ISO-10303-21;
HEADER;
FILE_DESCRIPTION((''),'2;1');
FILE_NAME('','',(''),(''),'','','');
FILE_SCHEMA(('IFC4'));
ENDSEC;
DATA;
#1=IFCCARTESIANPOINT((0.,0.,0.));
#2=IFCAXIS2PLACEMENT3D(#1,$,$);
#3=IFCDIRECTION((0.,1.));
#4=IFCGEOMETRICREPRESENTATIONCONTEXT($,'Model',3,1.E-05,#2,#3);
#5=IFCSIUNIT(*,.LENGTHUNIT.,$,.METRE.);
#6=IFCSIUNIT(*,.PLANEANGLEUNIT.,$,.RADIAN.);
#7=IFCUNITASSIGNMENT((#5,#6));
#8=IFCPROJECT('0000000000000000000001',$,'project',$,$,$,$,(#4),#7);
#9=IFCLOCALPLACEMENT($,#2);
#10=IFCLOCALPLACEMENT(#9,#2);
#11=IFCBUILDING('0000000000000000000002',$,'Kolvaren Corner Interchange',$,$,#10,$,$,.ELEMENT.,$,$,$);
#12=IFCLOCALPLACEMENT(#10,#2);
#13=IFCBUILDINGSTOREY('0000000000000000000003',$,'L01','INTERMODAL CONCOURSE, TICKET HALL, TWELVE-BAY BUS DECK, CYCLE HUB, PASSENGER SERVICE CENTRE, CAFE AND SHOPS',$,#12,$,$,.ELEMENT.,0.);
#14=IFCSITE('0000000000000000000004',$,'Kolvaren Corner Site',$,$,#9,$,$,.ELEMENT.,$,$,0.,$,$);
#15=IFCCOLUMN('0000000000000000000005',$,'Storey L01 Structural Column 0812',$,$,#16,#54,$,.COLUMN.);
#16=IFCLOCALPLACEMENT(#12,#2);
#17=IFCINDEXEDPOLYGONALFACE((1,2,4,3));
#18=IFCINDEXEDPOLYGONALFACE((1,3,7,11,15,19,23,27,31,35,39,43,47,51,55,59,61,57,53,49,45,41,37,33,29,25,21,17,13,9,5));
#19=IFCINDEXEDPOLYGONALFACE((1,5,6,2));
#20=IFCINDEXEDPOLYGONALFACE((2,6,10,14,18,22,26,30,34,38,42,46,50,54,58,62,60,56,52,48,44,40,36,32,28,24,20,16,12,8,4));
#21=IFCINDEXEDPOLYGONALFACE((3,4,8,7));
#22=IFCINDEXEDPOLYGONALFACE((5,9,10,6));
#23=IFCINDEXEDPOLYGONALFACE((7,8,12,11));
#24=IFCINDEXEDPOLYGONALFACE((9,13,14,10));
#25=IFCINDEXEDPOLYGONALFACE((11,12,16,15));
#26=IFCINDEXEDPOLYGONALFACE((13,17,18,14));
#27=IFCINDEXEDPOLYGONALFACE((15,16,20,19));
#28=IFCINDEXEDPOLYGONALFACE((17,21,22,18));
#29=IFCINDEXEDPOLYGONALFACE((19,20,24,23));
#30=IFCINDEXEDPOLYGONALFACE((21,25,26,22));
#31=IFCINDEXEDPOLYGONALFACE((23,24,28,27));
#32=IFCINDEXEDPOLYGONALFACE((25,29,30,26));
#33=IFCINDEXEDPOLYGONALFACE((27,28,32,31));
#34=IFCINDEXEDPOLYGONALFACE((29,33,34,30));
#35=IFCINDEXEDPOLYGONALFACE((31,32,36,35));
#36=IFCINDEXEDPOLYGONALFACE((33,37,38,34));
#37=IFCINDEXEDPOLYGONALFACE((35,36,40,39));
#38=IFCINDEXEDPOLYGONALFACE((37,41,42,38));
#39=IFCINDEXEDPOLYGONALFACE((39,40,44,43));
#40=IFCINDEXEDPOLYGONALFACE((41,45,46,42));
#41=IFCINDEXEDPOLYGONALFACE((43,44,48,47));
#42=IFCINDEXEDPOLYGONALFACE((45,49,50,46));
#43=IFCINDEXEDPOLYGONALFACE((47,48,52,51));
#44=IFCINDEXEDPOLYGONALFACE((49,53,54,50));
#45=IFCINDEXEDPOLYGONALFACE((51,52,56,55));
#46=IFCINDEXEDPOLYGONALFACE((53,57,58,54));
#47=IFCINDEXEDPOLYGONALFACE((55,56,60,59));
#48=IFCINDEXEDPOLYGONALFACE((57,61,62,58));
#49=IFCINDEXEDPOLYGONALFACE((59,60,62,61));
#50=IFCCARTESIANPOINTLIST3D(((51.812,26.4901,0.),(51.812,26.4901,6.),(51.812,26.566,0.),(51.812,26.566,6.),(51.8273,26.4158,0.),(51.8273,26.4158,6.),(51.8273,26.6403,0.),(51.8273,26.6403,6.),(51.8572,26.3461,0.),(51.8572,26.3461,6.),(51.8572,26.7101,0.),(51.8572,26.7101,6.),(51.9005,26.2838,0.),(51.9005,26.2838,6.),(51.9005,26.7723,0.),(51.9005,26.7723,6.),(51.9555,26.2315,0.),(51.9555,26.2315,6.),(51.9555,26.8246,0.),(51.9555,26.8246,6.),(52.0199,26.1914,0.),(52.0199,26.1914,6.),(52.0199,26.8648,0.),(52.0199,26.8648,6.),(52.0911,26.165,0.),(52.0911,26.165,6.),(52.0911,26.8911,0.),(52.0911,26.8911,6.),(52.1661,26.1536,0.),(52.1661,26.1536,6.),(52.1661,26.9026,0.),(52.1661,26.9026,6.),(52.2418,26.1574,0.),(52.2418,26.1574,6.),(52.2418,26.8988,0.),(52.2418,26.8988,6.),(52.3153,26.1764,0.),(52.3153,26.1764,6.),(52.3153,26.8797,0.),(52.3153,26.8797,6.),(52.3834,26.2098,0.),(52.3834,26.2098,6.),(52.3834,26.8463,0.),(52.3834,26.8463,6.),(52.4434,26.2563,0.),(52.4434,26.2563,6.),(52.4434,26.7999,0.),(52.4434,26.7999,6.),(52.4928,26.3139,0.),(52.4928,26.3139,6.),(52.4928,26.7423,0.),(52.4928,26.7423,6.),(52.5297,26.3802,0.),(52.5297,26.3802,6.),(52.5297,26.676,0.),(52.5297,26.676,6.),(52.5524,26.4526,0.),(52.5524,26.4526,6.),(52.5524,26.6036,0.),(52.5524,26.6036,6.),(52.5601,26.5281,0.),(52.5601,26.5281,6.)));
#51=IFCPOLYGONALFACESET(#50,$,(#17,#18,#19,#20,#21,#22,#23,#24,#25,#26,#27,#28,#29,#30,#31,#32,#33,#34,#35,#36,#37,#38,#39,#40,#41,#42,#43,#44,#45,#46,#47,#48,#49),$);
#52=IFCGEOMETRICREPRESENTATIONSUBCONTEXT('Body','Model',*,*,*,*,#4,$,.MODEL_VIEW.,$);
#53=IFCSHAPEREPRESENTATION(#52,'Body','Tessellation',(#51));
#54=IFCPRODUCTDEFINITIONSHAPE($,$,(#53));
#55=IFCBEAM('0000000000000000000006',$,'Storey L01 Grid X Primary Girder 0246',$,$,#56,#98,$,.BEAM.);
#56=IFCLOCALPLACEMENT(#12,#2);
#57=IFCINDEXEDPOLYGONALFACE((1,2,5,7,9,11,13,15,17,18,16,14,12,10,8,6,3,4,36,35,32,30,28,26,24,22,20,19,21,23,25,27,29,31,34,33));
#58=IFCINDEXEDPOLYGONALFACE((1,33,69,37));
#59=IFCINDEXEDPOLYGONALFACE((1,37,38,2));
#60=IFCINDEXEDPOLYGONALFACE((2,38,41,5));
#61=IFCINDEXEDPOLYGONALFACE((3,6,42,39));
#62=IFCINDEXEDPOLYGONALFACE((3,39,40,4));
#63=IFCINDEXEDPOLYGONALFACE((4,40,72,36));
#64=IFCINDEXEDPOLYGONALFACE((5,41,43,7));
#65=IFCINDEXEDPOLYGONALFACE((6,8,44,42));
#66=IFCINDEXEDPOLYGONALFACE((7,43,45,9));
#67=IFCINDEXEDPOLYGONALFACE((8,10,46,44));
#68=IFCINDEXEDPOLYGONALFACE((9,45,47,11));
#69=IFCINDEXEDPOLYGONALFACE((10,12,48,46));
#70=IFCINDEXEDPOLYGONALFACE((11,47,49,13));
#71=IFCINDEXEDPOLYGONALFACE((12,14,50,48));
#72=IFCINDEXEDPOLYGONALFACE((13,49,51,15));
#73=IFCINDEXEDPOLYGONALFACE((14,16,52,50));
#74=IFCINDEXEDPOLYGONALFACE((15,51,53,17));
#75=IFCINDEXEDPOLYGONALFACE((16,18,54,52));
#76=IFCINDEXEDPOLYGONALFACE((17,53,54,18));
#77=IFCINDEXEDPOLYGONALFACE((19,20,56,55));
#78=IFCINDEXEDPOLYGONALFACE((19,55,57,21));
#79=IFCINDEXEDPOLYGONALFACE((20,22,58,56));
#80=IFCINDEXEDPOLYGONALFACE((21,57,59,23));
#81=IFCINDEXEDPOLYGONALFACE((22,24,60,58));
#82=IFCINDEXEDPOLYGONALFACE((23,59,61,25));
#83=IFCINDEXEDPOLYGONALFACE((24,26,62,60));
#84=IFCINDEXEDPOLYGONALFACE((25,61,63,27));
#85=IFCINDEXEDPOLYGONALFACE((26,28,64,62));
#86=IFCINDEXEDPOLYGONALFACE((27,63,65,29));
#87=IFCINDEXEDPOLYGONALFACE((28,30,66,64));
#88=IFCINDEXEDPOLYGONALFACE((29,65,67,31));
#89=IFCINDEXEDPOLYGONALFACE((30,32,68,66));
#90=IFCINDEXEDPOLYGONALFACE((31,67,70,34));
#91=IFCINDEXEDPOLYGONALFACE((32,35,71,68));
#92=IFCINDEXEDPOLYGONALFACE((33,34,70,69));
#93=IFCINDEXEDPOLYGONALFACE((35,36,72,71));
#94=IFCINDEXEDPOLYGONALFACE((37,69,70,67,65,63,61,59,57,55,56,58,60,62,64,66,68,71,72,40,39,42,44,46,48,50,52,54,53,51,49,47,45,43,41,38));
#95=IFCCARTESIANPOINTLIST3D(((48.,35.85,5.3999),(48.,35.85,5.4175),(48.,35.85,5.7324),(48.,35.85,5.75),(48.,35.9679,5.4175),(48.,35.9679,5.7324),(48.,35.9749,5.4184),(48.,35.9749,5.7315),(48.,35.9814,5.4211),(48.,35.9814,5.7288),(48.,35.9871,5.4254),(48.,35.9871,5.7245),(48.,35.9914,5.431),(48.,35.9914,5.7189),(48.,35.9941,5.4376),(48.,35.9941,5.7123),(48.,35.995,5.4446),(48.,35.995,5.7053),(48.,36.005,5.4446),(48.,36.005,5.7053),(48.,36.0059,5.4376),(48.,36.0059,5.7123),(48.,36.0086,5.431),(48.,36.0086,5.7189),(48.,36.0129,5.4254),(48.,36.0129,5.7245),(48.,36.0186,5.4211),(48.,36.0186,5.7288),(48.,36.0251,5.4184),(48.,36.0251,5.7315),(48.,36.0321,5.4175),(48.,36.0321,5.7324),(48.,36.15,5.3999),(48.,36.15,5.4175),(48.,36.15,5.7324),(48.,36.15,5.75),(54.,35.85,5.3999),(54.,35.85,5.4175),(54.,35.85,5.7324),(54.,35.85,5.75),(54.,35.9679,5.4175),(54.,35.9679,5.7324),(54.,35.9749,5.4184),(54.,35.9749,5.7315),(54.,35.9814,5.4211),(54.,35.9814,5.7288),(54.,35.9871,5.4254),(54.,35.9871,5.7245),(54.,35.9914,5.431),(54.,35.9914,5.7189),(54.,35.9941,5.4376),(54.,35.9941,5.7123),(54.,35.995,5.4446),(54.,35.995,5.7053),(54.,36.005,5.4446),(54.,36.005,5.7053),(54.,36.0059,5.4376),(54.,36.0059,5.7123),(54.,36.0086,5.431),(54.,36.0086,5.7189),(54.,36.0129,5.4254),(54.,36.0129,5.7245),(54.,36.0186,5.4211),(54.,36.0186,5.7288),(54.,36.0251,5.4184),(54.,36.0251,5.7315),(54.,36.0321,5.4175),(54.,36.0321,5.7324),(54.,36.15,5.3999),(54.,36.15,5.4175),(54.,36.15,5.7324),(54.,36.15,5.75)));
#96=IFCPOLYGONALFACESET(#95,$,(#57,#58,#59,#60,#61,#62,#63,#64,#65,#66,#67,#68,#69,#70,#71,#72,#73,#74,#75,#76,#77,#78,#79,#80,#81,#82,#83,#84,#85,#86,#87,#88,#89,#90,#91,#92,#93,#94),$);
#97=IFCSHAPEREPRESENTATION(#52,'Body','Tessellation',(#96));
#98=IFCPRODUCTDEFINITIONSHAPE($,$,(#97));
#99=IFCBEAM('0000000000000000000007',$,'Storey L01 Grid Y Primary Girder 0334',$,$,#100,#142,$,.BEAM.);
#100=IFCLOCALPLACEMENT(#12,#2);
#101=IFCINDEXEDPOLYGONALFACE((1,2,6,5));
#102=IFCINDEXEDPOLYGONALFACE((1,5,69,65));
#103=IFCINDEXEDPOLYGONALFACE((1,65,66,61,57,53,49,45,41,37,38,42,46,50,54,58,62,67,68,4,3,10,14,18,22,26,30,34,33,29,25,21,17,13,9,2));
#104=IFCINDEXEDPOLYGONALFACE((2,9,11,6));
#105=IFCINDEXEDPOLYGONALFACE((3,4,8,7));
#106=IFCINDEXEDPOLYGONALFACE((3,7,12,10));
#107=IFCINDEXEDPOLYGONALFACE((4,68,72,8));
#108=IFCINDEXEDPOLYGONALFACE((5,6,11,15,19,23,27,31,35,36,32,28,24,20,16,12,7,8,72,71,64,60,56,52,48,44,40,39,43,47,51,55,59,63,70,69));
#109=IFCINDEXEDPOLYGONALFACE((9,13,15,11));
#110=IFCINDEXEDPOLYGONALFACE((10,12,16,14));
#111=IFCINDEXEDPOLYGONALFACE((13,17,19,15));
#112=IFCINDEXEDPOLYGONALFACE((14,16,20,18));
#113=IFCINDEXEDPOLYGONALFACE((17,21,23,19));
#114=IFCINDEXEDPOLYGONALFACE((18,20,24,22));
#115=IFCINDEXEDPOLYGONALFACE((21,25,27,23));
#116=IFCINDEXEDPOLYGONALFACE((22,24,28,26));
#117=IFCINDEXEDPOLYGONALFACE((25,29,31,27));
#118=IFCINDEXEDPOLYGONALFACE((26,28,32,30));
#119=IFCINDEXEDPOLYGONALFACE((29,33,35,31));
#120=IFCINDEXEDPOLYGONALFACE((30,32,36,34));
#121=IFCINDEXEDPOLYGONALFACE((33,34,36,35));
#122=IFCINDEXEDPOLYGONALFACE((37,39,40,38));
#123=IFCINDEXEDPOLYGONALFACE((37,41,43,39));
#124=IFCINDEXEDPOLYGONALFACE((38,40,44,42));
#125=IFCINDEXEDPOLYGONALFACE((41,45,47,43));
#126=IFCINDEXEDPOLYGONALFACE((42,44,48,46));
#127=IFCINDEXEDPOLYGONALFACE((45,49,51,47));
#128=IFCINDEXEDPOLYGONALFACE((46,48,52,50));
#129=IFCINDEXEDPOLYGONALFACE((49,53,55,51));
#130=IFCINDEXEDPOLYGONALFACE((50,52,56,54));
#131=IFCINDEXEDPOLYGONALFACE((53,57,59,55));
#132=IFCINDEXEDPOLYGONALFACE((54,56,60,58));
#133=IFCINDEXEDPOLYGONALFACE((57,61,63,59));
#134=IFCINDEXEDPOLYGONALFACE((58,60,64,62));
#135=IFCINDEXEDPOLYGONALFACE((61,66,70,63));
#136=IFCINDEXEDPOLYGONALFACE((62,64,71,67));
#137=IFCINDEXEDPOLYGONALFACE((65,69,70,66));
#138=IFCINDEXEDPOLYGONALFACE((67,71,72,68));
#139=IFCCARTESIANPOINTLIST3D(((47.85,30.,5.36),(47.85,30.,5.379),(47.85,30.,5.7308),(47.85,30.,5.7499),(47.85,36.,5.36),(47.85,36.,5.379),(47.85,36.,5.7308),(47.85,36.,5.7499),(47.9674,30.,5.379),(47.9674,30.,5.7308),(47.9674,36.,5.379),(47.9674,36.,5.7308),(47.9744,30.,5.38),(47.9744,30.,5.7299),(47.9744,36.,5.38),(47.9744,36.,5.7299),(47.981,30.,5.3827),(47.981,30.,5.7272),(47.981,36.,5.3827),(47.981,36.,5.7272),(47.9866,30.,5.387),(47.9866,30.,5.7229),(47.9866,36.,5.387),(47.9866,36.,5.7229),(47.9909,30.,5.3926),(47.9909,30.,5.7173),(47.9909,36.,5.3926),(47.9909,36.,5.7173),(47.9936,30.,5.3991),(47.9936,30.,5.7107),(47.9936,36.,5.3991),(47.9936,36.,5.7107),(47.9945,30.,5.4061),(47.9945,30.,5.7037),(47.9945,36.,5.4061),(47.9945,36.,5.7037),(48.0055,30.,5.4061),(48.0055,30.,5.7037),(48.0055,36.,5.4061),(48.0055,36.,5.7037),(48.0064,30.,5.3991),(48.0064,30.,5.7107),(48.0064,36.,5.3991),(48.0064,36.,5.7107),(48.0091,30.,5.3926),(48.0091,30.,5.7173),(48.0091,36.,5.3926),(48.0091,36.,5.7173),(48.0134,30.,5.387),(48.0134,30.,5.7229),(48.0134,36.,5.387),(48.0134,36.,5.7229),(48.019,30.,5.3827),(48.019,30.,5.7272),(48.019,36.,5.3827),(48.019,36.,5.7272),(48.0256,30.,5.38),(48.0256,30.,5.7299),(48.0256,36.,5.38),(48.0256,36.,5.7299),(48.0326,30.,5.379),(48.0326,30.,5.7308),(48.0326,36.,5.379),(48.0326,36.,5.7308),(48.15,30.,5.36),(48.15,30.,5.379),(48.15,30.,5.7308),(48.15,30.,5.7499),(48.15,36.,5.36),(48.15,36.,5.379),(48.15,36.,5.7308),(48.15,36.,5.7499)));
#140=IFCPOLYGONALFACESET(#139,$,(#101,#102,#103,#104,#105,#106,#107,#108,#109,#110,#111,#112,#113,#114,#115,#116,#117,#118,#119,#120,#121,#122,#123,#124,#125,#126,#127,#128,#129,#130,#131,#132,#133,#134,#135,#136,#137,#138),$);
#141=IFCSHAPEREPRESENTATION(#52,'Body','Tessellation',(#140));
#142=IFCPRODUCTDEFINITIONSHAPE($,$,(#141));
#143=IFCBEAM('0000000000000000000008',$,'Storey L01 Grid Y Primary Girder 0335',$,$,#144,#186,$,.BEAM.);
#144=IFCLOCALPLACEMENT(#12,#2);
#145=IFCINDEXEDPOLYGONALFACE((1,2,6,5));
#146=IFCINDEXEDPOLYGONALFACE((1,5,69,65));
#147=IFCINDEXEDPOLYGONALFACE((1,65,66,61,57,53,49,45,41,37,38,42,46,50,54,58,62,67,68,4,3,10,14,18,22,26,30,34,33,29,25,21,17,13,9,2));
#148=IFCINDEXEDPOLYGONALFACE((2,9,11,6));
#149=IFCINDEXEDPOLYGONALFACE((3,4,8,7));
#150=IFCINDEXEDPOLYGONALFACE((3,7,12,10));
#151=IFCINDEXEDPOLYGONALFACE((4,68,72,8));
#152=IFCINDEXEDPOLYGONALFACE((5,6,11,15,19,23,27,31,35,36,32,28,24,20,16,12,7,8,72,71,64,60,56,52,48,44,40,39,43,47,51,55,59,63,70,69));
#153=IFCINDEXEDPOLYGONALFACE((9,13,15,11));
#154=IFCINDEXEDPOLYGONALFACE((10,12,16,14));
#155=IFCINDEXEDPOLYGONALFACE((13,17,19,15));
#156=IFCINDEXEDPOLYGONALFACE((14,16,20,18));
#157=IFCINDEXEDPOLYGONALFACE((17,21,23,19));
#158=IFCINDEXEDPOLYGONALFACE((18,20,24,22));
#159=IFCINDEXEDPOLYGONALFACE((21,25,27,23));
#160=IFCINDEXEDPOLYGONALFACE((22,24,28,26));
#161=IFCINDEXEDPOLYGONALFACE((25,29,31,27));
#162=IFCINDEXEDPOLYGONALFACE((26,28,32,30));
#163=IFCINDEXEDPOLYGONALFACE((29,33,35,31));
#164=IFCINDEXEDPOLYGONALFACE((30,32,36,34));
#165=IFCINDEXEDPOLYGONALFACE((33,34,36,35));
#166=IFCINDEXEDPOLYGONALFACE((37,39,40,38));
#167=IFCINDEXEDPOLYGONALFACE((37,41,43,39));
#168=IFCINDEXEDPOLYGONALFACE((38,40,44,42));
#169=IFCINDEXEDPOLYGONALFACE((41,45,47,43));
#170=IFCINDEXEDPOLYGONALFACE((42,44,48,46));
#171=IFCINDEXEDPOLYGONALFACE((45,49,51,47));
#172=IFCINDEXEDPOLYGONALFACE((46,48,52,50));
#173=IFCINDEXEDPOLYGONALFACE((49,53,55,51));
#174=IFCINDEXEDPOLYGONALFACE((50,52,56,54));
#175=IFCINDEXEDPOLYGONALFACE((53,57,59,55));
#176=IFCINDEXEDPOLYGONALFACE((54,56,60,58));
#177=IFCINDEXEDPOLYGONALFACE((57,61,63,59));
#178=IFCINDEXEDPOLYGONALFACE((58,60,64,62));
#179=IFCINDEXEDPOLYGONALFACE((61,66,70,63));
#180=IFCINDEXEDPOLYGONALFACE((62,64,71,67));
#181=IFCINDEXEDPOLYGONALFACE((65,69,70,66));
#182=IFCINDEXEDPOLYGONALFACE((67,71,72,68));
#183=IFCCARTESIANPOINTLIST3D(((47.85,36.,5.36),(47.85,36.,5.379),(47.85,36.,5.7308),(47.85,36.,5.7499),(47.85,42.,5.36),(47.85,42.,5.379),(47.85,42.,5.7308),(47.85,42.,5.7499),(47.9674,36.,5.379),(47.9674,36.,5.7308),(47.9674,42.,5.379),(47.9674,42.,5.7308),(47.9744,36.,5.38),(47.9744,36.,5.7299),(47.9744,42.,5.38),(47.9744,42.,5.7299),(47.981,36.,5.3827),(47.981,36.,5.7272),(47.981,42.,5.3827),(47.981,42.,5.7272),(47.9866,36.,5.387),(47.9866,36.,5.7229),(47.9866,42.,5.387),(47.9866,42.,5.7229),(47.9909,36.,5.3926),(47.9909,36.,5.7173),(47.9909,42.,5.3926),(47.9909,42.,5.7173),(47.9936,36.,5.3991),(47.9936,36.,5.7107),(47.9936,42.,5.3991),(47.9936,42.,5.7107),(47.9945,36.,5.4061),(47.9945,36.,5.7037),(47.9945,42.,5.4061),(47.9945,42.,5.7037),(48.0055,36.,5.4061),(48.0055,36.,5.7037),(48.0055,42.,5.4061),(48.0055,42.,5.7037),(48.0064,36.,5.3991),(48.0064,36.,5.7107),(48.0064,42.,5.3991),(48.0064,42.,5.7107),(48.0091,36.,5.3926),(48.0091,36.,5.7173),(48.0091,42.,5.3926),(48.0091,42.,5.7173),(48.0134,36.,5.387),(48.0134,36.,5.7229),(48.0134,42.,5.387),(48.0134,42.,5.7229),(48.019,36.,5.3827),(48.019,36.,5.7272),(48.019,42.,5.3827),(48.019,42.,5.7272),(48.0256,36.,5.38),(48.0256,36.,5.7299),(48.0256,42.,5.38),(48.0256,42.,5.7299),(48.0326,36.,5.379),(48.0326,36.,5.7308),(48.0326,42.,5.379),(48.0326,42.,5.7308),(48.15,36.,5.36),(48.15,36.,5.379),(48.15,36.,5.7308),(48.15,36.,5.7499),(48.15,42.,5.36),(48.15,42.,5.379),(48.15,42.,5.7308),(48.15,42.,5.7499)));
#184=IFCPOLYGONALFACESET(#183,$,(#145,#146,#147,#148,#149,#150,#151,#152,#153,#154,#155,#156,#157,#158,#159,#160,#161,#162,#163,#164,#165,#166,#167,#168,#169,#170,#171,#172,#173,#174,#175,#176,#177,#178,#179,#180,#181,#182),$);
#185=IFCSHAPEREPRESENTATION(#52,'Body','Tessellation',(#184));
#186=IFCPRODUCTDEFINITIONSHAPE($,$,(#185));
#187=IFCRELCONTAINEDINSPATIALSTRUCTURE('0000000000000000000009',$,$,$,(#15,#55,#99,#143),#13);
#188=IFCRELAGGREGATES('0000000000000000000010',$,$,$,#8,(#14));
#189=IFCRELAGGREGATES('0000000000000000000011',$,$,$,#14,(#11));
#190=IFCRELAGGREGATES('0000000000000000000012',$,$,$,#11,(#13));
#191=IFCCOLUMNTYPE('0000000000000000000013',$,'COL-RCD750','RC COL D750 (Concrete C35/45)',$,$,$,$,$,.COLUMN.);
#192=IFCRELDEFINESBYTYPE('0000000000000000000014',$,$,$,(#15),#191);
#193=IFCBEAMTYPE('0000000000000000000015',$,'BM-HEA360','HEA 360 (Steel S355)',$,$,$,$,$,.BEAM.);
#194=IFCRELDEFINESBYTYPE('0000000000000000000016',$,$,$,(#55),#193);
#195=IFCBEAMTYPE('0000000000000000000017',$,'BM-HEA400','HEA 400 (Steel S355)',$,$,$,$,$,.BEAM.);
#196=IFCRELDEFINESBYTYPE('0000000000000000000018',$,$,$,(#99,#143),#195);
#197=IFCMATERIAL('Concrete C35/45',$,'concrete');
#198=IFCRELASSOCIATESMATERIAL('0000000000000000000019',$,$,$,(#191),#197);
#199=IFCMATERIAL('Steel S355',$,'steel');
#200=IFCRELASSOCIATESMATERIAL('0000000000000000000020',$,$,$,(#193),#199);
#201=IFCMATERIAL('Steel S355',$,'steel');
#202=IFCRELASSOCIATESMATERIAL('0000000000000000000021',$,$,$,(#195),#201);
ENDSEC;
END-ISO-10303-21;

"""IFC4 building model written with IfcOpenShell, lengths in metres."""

from ifc_helpers import new_model, si_unit, direction, frame, origin, origin_2d, place, context, subcontext, project, spatial, circle, i_section, extrude, material, material_profile, profile_set, type_object, element, save


model = new_model("IFC4")

# Units and contexts
model_context = context("Model", 3, precision=1e-05, world=origin(), true_north=direction((0.0, 1.0)))
body_context = subcontext(model_context, "Body", "Model", "MODEL_VIEW")
ifc_project = project(units=[si_unit("LENGTHUNIT", "METRE"), si_unit("PLANEANGLEUNIT", "RADIAN")], contexts=[model_context])

# Site, building, storey
site_placement = place(None, origin())
site = spatial("IfcSite", under=ifc_project, at=site_placement, Name="Kolvaren Corner Site", CompositionType="ELEMENT", RefElevation=0.0)
building_placement = place(site_placement, origin())
building = spatial("IfcBuilding", under=site, at=building_placement, Name="Kolvaren Corner Interchange", CompositionType="ELEMENT")
storey_placement = place(building_placement, origin())
storey = spatial("IfcBuildingStorey", under=building, at=storey_placement, Name="L01", Description="INTERMODAL CONCOURSE, TICKET HALL, TWELVE-BAY BUS DECK, CYCLE HUB, PASSENGER SERVICE CENTRE, CAFE AND SHOPS", CompositionType="ELEMENT", Elevation=0.0)

# Column
ifc_material_1 = material(Name="Concrete C35/45", Category="concrete")
ifc_material_profile_1 = material_profile(ifc_material_1, circle(Radius=0.375, at=origin_2d()), Name="RC COL D750")
ifc_profile_set_1 = profile_set([ifc_material_profile_1], Name="Concrete C35/45")
column_type_1 = type_object("IfcColumnType", Name="COL-RCD750", Description="RC COL D750 (Concrete C35/45)", PredefinedType="COLUMN", material=ifc_profile_set_1)
for number, where, z_axis, x_axis, name in (
    (1, (52.1851, 26.5281, 0.0), (0.0, 0.0, 1.0), (1.0, 0.0, 0.0), "Storey L01 Structural Column 0812"),
):
    element("IfcColumn", number, at=place(storey_placement, frame(where, z_axis=z_axis, x_axis=x_axis)), inside=storey, type_object=column_type_1, Name=name, PredefinedType="COLUMN", context=body_context, shape_type="SweptSolid", body=[
        extrude(circle(Radius=0.375, at=origin_2d()), origin(), (0.0, 0.0, 1.0), 6.0),
    ])

# Beams
ifc_material_2 = material(Name="Steel S355", Category="steel")
ifc_material_profile_2 = material_profile(ifc_material_2, i_section(OverallWidth=0.3, OverallDepth=0.3501, WebThickness=0.01, FlangeThickness=0.0176, FilletRadius=0.0271, at=origin_2d()), Name="HEA 360")
ifc_profile_set_2 = profile_set([ifc_material_profile_2], Name="Steel S355")
beam_type_1 = type_object("IfcBeamType", Name="BM-HEA360", Description="HEA 360 (Steel S355)", PredefinedType="BEAM", material=ifc_profile_set_2)
beam_1_placement = place(storey_placement, frame((48.0, 36.0, 5.575), z_axis=(1.0, 0.0, 0.0), x_axis=(0.0, 1.0, 0.0)))
element("IfcBeam", 2, at=beam_1_placement, inside=storey, type_object=beam_type_1, Name="Storey L01 Grid X Primary Girder 0246", PredefinedType="BEAM", context=body_context, shape_type="SweptSolid", body=[
    extrude(i_section(OverallWidth=0.3, OverallDepth=0.3501, WebThickness=0.01, FlangeThickness=0.0176, FilletRadius=0.0271, at=origin_2d()), origin(), (0.0, 0.0, 1.0), 6.0),
])
ifc_material_3 = material(Name="Steel S355", Category="steel")
ifc_material_profile_3 = material_profile(ifc_material_3, i_section(OverallWidth=0.3, OverallDepth=0.3899, WebThickness=0.011, FlangeThickness=0.019, FilletRadius=0.0271, at=origin_2d()), Name="HEA 400")
ifc_profile_set_3 = profile_set([ifc_material_profile_3], Name="Steel S355")
beam_type_2 = type_object("IfcBeamType", Name="BM-HEA400", Description="HEA 400 (Steel S355)", PredefinedType="BEAM", material=ifc_profile_set_3)
for number, where, z_axis, x_axis, name in (
    (3, (48.0, 30.0, 5.5549), (0.0, 1.0, 0.0), (-1.0, 0.0, 0.0), "Storey L01 Grid Y Primary Girder 0334"),
    (4, (48.0, 36.0, 5.5549), (0.0, 1.0, 0.0), (-1.0, 0.0, 0.0), "Storey L01 Grid Y Primary Girder 0335"),
):
    element("IfcBeam", number, at=place(storey_placement, frame(where, z_axis=z_axis, x_axis=x_axis)), inside=storey, type_object=beam_type_2, Name=name, PredefinedType="BEAM", context=body_context, shape_type="SweptSolid", body=[
        extrude(i_section(OverallWidth=0.3, OverallDepth=0.3899, WebThickness=0.011, FlangeThickness=0.019, FilletRadius=0.0271, at=origin_2d()), origin(), (0.0, 0.0, 1.0), 6.0),
    ])

save(model, "model.ifc")
